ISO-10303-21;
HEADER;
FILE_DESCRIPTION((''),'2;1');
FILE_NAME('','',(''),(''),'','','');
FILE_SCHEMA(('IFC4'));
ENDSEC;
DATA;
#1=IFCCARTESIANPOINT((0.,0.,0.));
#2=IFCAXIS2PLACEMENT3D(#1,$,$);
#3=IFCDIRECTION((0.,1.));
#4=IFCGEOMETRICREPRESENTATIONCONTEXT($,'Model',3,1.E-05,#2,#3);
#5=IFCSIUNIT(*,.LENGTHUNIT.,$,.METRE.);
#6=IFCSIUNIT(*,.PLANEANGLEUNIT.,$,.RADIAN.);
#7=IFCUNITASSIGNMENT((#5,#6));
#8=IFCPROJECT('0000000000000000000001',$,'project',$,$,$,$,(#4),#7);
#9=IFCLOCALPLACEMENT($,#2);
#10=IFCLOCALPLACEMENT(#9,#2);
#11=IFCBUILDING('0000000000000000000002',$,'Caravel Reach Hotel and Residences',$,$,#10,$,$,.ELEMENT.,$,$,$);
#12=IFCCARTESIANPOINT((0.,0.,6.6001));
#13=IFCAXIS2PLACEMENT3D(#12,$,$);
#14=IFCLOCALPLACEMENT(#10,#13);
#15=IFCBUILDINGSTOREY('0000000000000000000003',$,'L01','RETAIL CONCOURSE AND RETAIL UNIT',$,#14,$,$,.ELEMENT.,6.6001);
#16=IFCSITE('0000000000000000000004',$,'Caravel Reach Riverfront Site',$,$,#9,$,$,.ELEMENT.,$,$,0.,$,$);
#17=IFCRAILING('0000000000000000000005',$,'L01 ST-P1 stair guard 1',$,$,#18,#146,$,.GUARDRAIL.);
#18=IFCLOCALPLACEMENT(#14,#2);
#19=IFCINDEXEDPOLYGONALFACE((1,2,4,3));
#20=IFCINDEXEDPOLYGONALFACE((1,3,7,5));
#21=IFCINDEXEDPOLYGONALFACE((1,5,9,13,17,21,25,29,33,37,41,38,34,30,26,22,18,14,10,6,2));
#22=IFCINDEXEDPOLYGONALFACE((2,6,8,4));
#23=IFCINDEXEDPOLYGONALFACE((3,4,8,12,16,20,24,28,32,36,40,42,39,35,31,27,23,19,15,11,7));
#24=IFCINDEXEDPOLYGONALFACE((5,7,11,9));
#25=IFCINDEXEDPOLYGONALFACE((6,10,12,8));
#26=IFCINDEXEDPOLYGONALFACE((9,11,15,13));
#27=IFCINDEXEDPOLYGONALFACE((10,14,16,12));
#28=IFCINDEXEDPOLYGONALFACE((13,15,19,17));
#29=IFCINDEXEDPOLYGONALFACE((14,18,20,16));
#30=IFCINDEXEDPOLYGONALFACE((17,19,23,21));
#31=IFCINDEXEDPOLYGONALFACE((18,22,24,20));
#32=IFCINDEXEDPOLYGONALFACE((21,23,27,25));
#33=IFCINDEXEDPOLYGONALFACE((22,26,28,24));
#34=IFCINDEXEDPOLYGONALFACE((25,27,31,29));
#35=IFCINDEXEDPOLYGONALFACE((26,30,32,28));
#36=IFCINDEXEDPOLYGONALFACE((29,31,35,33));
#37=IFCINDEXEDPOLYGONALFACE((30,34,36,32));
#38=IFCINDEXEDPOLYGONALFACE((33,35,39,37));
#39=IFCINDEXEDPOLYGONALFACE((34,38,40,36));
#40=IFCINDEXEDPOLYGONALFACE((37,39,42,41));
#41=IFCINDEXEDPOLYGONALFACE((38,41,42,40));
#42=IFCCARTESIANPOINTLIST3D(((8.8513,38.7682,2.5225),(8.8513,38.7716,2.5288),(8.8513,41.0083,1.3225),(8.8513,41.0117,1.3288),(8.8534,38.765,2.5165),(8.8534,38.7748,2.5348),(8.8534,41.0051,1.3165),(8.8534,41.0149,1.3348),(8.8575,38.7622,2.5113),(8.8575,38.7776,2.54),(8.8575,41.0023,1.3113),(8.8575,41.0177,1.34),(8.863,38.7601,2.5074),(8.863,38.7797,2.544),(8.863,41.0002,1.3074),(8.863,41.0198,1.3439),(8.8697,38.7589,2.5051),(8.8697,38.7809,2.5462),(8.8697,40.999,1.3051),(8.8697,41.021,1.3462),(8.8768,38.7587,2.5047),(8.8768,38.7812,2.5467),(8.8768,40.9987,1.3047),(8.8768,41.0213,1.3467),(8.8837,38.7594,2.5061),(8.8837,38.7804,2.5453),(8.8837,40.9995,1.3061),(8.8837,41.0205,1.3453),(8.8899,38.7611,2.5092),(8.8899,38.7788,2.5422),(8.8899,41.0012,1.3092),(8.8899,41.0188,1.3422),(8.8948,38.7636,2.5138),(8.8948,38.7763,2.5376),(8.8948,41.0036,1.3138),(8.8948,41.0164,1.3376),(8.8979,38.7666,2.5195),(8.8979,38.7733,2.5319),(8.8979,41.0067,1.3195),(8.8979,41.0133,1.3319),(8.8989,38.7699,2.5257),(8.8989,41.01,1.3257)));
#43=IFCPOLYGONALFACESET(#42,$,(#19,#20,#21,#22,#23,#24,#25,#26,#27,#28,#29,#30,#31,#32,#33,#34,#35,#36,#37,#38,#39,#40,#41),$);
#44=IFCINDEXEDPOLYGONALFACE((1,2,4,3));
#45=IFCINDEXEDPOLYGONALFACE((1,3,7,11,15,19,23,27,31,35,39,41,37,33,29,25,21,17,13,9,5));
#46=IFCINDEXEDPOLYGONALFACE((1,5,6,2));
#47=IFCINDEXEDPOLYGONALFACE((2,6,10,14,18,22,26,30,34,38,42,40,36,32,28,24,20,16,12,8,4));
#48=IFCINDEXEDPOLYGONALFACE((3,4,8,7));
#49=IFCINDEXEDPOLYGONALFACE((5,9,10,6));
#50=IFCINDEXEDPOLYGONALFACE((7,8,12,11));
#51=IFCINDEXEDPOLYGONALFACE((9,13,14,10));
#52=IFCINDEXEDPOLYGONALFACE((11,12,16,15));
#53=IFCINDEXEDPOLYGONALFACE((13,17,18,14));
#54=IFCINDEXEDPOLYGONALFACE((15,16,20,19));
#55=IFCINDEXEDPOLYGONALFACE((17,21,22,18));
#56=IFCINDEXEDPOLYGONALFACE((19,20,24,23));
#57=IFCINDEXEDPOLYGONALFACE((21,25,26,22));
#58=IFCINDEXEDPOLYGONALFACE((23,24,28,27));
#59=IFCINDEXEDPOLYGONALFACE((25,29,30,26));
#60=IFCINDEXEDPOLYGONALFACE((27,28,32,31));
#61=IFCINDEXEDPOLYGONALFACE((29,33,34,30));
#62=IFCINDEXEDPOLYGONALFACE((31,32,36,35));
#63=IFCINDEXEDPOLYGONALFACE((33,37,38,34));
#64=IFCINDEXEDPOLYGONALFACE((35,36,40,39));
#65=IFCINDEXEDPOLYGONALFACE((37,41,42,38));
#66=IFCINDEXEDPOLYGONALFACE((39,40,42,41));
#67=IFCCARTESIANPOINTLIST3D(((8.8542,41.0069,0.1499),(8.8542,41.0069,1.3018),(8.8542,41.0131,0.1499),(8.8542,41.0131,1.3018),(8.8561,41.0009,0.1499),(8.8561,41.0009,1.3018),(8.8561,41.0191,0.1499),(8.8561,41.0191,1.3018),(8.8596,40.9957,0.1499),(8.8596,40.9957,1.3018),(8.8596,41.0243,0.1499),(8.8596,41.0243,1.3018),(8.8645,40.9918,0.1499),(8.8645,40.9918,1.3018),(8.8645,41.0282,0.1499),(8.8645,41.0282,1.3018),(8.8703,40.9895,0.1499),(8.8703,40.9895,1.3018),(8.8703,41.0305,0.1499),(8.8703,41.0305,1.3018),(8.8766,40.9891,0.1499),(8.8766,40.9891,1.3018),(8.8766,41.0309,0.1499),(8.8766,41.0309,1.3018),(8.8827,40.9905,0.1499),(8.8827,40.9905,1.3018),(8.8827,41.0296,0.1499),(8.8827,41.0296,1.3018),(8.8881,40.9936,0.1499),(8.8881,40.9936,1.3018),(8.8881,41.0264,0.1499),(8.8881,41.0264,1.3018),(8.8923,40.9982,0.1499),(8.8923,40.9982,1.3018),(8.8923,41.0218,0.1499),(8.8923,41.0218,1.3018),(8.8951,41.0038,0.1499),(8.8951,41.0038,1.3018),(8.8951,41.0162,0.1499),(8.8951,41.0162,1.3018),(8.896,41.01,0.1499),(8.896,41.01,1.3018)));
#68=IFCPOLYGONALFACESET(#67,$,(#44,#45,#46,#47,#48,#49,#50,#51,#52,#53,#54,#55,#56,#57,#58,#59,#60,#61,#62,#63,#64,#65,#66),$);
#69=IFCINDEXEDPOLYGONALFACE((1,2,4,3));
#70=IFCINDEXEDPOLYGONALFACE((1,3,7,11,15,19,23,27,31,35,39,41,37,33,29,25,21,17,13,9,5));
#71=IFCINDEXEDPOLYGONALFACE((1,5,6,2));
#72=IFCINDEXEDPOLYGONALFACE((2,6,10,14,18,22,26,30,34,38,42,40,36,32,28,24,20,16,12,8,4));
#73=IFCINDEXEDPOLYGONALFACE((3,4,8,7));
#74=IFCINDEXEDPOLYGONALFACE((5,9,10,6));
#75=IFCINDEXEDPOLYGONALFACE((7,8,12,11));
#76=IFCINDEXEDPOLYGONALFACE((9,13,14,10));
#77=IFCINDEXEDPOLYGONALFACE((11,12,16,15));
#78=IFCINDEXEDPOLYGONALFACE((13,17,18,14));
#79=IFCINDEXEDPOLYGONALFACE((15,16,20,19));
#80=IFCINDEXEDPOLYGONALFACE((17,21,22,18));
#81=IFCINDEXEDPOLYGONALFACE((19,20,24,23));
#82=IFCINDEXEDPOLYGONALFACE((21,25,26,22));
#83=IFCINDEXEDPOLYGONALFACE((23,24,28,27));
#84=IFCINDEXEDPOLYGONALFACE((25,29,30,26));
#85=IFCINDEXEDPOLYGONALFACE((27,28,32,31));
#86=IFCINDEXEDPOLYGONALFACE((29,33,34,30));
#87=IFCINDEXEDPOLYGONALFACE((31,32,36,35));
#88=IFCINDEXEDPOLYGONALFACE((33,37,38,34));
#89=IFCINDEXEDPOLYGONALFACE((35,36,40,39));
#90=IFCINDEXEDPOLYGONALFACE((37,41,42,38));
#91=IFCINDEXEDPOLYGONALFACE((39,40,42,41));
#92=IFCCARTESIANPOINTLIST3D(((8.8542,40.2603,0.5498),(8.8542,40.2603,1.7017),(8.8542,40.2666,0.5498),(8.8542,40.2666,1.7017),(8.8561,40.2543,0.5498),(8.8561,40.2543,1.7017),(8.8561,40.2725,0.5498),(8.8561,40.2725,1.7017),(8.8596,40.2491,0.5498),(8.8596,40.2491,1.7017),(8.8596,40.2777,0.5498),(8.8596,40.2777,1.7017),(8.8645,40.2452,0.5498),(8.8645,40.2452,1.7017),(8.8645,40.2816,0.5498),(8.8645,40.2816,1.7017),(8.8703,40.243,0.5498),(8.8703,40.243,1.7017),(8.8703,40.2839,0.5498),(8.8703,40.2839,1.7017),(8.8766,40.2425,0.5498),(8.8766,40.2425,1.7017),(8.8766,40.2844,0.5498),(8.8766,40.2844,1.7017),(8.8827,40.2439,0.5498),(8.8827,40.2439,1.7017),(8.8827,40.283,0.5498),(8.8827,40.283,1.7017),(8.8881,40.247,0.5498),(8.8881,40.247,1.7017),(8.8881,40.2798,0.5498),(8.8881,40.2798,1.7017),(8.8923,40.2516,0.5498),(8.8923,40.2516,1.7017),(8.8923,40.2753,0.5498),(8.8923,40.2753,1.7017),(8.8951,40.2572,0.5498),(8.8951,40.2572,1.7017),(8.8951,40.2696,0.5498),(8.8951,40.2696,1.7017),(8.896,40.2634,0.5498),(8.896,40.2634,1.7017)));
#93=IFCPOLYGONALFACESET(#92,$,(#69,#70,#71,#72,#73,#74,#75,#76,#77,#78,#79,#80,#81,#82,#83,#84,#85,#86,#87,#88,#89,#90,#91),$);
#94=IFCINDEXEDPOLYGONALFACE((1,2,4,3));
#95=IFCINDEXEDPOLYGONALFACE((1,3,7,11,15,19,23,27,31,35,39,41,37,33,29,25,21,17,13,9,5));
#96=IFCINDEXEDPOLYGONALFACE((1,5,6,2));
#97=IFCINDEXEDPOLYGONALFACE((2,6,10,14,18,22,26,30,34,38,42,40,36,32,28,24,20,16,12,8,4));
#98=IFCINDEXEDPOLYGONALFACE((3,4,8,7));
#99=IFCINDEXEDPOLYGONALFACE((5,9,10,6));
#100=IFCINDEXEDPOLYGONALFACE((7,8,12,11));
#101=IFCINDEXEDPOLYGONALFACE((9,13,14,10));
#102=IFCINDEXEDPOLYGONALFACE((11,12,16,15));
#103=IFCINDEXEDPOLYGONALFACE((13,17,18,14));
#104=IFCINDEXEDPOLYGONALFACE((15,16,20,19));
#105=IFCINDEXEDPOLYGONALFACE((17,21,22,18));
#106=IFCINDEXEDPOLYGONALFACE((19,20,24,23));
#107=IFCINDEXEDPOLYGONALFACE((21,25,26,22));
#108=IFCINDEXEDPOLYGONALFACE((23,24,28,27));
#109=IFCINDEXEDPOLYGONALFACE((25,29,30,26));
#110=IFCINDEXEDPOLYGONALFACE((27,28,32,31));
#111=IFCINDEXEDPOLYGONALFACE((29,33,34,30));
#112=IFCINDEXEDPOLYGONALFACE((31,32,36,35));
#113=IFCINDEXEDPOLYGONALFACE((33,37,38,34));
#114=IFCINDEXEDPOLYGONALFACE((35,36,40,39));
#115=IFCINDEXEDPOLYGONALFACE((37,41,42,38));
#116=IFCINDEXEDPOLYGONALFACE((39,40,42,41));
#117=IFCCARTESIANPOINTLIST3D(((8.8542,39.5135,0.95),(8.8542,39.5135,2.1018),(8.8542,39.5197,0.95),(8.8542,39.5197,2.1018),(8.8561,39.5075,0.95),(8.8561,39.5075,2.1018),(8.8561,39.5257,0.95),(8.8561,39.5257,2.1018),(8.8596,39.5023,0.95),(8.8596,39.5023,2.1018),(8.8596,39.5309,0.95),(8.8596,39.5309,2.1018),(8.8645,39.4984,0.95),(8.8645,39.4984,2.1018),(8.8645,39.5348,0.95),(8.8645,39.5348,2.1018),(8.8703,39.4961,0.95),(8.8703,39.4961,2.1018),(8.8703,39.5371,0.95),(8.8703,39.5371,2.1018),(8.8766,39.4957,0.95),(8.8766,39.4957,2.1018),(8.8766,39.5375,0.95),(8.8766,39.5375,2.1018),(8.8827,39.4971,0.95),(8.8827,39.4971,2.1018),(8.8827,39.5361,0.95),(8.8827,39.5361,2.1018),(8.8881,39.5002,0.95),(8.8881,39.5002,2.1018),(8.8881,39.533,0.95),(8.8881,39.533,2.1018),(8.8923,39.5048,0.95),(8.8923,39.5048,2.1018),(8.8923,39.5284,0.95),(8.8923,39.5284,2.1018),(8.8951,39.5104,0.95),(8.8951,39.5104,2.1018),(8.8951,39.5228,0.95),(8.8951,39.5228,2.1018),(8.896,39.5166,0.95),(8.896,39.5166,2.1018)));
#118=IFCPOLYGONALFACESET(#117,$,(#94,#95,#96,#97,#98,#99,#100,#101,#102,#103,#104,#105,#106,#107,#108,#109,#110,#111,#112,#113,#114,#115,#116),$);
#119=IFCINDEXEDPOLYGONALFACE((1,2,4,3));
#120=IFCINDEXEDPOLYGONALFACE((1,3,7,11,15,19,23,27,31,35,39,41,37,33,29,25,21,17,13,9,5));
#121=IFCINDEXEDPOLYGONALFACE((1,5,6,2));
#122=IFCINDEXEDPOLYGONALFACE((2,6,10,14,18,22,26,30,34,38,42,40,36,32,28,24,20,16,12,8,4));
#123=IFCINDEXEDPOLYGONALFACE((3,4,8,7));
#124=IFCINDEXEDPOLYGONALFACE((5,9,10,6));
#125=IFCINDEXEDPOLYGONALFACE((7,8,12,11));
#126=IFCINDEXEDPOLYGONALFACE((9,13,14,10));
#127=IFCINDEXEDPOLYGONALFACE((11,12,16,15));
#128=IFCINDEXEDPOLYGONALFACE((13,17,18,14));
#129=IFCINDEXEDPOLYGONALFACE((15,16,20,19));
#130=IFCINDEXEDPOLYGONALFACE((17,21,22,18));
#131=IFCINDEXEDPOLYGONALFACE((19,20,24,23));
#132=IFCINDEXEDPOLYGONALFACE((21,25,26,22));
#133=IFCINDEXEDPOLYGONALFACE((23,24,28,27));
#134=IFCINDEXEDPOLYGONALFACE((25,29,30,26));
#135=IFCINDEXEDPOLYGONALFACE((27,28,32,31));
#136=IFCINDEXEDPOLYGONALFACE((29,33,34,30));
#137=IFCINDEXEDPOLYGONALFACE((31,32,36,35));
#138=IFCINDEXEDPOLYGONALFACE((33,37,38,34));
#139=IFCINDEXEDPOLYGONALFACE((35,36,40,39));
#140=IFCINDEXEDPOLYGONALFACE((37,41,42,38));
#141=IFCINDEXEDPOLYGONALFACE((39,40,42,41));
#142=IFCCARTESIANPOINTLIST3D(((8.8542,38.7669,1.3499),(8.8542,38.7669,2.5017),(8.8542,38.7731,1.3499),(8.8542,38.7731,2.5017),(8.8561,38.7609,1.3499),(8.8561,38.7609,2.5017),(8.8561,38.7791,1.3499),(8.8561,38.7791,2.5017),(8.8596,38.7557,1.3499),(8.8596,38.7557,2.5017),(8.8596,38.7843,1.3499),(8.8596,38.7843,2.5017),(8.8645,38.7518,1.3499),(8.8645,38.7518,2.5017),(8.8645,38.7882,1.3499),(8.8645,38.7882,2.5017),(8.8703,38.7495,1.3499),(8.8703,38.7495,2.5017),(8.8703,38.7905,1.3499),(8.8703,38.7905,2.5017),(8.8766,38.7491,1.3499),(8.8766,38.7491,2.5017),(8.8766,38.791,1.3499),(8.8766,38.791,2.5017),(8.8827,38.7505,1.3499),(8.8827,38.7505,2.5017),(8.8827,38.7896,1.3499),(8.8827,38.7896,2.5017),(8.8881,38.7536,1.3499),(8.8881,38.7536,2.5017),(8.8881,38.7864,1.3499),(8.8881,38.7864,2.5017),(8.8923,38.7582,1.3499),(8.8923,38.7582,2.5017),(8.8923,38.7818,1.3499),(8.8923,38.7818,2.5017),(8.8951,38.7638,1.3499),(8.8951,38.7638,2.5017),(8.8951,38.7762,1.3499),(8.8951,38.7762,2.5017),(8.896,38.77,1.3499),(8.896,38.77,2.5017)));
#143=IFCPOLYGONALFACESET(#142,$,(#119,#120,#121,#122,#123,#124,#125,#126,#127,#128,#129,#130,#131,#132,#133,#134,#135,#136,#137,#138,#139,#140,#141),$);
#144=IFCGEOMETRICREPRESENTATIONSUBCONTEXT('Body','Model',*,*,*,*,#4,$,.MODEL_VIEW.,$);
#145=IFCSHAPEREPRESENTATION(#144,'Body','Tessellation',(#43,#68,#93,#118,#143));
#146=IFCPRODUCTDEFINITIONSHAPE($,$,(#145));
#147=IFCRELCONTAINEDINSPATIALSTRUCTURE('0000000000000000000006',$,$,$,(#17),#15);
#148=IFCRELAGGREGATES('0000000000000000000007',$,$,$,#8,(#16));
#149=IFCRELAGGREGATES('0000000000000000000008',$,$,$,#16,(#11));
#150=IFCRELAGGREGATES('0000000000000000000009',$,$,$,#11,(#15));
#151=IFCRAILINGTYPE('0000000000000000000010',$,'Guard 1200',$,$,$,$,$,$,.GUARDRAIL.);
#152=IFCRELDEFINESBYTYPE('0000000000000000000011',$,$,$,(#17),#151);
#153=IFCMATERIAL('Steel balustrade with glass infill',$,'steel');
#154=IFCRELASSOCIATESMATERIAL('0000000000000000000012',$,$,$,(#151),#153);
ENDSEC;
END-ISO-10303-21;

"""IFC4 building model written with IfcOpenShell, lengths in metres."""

from ifc_helpers import new_model, si_unit, direction, frame, origin, origin_2d, place, context, subcontext, project, spatial, circle, extrude, material, type_object, element, save


model = new_model("IFC4")

# Units and contexts
model_context = context("Model", 3, precision=1e-05, world=origin(), true_north=direction((0.0, 1.0)))
body_context = subcontext(model_context, "Body", "Model", "MODEL_VIEW")
ifc_project = project(units=[si_unit("LENGTHUNIT", "METRE"), si_unit("PLANEANGLEUNIT", "RADIAN")], contexts=[model_context])

# Site, building, storey
site_placement = place(None, origin())
site = spatial("IfcSite", under=ifc_project, at=site_placement, Name="Caravel Reach Riverfront Site", CompositionType="ELEMENT", RefElevation=0.0)
building_placement = place(site_placement, origin())
building = spatial("IfcBuilding", under=site, at=building_placement, Name="Caravel Reach Hotel and Residences", CompositionType="ELEMENT")
storey_placement = place(building_placement, frame((0.0, 0.0, 6.6001)))
storey = spatial("IfcBuildingStorey", under=building, at=storey_placement, Name="L01", Description="RETAIL CONCOURSE AND RETAIL UNIT", CompositionType="ELEMENT", Elevation=6.6001)

# Railing
ifc_material_1 = material(Name="Steel balustrade with glass infill", Category="steel")
railing_type_1 = type_object("IfcRailingType", Name="Guard 1200", PredefinedType="GUARDRAIL", material=ifc_material_1)
railing_1_placement = place(storey_placement, frame((8.875, 41.01, 0.1499)))
element("IfcRailing", 1, at=railing_1_placement, inside=storey, type_object=railing_type_1, Name="L01 ST-P1 stair guard 1", PredefinedType="GUARDRAIL", context=body_context, shape_type="SweptSolid", body=[
    extrude(circle(Radius=0.0239, at=origin_2d()), frame((0.0, 0.0, 1.1758), z_axis=(0.0, -0.881487, 0.472208), x_axis=(1.0, 0.0, 0.0)), (0.0, 0.0, 1.0), 2.5413),
    extrude(circle(Radius=0.021, at=origin_2d()), origin(), (0.0, 0.0, 1.0), 1.1519),
    extrude(circle(Radius=0.021, at=origin_2d()), frame((0.0, -0.7466, 0.3999)), (0.0, 0.0, 1.0), 1.1519),
    extrude(circle(Radius=0.021, at=origin_2d()), frame((0.0, -1.4934, 0.8)), (0.0, 0.0, 1.0), 1.1519),
    extrude(circle(Radius=0.021, at=origin_2d()), frame((0.0, -2.24, 1.2)), (0.0, 0.0, 1.0), 1.1519),
])

save(model, "model.ifc")
